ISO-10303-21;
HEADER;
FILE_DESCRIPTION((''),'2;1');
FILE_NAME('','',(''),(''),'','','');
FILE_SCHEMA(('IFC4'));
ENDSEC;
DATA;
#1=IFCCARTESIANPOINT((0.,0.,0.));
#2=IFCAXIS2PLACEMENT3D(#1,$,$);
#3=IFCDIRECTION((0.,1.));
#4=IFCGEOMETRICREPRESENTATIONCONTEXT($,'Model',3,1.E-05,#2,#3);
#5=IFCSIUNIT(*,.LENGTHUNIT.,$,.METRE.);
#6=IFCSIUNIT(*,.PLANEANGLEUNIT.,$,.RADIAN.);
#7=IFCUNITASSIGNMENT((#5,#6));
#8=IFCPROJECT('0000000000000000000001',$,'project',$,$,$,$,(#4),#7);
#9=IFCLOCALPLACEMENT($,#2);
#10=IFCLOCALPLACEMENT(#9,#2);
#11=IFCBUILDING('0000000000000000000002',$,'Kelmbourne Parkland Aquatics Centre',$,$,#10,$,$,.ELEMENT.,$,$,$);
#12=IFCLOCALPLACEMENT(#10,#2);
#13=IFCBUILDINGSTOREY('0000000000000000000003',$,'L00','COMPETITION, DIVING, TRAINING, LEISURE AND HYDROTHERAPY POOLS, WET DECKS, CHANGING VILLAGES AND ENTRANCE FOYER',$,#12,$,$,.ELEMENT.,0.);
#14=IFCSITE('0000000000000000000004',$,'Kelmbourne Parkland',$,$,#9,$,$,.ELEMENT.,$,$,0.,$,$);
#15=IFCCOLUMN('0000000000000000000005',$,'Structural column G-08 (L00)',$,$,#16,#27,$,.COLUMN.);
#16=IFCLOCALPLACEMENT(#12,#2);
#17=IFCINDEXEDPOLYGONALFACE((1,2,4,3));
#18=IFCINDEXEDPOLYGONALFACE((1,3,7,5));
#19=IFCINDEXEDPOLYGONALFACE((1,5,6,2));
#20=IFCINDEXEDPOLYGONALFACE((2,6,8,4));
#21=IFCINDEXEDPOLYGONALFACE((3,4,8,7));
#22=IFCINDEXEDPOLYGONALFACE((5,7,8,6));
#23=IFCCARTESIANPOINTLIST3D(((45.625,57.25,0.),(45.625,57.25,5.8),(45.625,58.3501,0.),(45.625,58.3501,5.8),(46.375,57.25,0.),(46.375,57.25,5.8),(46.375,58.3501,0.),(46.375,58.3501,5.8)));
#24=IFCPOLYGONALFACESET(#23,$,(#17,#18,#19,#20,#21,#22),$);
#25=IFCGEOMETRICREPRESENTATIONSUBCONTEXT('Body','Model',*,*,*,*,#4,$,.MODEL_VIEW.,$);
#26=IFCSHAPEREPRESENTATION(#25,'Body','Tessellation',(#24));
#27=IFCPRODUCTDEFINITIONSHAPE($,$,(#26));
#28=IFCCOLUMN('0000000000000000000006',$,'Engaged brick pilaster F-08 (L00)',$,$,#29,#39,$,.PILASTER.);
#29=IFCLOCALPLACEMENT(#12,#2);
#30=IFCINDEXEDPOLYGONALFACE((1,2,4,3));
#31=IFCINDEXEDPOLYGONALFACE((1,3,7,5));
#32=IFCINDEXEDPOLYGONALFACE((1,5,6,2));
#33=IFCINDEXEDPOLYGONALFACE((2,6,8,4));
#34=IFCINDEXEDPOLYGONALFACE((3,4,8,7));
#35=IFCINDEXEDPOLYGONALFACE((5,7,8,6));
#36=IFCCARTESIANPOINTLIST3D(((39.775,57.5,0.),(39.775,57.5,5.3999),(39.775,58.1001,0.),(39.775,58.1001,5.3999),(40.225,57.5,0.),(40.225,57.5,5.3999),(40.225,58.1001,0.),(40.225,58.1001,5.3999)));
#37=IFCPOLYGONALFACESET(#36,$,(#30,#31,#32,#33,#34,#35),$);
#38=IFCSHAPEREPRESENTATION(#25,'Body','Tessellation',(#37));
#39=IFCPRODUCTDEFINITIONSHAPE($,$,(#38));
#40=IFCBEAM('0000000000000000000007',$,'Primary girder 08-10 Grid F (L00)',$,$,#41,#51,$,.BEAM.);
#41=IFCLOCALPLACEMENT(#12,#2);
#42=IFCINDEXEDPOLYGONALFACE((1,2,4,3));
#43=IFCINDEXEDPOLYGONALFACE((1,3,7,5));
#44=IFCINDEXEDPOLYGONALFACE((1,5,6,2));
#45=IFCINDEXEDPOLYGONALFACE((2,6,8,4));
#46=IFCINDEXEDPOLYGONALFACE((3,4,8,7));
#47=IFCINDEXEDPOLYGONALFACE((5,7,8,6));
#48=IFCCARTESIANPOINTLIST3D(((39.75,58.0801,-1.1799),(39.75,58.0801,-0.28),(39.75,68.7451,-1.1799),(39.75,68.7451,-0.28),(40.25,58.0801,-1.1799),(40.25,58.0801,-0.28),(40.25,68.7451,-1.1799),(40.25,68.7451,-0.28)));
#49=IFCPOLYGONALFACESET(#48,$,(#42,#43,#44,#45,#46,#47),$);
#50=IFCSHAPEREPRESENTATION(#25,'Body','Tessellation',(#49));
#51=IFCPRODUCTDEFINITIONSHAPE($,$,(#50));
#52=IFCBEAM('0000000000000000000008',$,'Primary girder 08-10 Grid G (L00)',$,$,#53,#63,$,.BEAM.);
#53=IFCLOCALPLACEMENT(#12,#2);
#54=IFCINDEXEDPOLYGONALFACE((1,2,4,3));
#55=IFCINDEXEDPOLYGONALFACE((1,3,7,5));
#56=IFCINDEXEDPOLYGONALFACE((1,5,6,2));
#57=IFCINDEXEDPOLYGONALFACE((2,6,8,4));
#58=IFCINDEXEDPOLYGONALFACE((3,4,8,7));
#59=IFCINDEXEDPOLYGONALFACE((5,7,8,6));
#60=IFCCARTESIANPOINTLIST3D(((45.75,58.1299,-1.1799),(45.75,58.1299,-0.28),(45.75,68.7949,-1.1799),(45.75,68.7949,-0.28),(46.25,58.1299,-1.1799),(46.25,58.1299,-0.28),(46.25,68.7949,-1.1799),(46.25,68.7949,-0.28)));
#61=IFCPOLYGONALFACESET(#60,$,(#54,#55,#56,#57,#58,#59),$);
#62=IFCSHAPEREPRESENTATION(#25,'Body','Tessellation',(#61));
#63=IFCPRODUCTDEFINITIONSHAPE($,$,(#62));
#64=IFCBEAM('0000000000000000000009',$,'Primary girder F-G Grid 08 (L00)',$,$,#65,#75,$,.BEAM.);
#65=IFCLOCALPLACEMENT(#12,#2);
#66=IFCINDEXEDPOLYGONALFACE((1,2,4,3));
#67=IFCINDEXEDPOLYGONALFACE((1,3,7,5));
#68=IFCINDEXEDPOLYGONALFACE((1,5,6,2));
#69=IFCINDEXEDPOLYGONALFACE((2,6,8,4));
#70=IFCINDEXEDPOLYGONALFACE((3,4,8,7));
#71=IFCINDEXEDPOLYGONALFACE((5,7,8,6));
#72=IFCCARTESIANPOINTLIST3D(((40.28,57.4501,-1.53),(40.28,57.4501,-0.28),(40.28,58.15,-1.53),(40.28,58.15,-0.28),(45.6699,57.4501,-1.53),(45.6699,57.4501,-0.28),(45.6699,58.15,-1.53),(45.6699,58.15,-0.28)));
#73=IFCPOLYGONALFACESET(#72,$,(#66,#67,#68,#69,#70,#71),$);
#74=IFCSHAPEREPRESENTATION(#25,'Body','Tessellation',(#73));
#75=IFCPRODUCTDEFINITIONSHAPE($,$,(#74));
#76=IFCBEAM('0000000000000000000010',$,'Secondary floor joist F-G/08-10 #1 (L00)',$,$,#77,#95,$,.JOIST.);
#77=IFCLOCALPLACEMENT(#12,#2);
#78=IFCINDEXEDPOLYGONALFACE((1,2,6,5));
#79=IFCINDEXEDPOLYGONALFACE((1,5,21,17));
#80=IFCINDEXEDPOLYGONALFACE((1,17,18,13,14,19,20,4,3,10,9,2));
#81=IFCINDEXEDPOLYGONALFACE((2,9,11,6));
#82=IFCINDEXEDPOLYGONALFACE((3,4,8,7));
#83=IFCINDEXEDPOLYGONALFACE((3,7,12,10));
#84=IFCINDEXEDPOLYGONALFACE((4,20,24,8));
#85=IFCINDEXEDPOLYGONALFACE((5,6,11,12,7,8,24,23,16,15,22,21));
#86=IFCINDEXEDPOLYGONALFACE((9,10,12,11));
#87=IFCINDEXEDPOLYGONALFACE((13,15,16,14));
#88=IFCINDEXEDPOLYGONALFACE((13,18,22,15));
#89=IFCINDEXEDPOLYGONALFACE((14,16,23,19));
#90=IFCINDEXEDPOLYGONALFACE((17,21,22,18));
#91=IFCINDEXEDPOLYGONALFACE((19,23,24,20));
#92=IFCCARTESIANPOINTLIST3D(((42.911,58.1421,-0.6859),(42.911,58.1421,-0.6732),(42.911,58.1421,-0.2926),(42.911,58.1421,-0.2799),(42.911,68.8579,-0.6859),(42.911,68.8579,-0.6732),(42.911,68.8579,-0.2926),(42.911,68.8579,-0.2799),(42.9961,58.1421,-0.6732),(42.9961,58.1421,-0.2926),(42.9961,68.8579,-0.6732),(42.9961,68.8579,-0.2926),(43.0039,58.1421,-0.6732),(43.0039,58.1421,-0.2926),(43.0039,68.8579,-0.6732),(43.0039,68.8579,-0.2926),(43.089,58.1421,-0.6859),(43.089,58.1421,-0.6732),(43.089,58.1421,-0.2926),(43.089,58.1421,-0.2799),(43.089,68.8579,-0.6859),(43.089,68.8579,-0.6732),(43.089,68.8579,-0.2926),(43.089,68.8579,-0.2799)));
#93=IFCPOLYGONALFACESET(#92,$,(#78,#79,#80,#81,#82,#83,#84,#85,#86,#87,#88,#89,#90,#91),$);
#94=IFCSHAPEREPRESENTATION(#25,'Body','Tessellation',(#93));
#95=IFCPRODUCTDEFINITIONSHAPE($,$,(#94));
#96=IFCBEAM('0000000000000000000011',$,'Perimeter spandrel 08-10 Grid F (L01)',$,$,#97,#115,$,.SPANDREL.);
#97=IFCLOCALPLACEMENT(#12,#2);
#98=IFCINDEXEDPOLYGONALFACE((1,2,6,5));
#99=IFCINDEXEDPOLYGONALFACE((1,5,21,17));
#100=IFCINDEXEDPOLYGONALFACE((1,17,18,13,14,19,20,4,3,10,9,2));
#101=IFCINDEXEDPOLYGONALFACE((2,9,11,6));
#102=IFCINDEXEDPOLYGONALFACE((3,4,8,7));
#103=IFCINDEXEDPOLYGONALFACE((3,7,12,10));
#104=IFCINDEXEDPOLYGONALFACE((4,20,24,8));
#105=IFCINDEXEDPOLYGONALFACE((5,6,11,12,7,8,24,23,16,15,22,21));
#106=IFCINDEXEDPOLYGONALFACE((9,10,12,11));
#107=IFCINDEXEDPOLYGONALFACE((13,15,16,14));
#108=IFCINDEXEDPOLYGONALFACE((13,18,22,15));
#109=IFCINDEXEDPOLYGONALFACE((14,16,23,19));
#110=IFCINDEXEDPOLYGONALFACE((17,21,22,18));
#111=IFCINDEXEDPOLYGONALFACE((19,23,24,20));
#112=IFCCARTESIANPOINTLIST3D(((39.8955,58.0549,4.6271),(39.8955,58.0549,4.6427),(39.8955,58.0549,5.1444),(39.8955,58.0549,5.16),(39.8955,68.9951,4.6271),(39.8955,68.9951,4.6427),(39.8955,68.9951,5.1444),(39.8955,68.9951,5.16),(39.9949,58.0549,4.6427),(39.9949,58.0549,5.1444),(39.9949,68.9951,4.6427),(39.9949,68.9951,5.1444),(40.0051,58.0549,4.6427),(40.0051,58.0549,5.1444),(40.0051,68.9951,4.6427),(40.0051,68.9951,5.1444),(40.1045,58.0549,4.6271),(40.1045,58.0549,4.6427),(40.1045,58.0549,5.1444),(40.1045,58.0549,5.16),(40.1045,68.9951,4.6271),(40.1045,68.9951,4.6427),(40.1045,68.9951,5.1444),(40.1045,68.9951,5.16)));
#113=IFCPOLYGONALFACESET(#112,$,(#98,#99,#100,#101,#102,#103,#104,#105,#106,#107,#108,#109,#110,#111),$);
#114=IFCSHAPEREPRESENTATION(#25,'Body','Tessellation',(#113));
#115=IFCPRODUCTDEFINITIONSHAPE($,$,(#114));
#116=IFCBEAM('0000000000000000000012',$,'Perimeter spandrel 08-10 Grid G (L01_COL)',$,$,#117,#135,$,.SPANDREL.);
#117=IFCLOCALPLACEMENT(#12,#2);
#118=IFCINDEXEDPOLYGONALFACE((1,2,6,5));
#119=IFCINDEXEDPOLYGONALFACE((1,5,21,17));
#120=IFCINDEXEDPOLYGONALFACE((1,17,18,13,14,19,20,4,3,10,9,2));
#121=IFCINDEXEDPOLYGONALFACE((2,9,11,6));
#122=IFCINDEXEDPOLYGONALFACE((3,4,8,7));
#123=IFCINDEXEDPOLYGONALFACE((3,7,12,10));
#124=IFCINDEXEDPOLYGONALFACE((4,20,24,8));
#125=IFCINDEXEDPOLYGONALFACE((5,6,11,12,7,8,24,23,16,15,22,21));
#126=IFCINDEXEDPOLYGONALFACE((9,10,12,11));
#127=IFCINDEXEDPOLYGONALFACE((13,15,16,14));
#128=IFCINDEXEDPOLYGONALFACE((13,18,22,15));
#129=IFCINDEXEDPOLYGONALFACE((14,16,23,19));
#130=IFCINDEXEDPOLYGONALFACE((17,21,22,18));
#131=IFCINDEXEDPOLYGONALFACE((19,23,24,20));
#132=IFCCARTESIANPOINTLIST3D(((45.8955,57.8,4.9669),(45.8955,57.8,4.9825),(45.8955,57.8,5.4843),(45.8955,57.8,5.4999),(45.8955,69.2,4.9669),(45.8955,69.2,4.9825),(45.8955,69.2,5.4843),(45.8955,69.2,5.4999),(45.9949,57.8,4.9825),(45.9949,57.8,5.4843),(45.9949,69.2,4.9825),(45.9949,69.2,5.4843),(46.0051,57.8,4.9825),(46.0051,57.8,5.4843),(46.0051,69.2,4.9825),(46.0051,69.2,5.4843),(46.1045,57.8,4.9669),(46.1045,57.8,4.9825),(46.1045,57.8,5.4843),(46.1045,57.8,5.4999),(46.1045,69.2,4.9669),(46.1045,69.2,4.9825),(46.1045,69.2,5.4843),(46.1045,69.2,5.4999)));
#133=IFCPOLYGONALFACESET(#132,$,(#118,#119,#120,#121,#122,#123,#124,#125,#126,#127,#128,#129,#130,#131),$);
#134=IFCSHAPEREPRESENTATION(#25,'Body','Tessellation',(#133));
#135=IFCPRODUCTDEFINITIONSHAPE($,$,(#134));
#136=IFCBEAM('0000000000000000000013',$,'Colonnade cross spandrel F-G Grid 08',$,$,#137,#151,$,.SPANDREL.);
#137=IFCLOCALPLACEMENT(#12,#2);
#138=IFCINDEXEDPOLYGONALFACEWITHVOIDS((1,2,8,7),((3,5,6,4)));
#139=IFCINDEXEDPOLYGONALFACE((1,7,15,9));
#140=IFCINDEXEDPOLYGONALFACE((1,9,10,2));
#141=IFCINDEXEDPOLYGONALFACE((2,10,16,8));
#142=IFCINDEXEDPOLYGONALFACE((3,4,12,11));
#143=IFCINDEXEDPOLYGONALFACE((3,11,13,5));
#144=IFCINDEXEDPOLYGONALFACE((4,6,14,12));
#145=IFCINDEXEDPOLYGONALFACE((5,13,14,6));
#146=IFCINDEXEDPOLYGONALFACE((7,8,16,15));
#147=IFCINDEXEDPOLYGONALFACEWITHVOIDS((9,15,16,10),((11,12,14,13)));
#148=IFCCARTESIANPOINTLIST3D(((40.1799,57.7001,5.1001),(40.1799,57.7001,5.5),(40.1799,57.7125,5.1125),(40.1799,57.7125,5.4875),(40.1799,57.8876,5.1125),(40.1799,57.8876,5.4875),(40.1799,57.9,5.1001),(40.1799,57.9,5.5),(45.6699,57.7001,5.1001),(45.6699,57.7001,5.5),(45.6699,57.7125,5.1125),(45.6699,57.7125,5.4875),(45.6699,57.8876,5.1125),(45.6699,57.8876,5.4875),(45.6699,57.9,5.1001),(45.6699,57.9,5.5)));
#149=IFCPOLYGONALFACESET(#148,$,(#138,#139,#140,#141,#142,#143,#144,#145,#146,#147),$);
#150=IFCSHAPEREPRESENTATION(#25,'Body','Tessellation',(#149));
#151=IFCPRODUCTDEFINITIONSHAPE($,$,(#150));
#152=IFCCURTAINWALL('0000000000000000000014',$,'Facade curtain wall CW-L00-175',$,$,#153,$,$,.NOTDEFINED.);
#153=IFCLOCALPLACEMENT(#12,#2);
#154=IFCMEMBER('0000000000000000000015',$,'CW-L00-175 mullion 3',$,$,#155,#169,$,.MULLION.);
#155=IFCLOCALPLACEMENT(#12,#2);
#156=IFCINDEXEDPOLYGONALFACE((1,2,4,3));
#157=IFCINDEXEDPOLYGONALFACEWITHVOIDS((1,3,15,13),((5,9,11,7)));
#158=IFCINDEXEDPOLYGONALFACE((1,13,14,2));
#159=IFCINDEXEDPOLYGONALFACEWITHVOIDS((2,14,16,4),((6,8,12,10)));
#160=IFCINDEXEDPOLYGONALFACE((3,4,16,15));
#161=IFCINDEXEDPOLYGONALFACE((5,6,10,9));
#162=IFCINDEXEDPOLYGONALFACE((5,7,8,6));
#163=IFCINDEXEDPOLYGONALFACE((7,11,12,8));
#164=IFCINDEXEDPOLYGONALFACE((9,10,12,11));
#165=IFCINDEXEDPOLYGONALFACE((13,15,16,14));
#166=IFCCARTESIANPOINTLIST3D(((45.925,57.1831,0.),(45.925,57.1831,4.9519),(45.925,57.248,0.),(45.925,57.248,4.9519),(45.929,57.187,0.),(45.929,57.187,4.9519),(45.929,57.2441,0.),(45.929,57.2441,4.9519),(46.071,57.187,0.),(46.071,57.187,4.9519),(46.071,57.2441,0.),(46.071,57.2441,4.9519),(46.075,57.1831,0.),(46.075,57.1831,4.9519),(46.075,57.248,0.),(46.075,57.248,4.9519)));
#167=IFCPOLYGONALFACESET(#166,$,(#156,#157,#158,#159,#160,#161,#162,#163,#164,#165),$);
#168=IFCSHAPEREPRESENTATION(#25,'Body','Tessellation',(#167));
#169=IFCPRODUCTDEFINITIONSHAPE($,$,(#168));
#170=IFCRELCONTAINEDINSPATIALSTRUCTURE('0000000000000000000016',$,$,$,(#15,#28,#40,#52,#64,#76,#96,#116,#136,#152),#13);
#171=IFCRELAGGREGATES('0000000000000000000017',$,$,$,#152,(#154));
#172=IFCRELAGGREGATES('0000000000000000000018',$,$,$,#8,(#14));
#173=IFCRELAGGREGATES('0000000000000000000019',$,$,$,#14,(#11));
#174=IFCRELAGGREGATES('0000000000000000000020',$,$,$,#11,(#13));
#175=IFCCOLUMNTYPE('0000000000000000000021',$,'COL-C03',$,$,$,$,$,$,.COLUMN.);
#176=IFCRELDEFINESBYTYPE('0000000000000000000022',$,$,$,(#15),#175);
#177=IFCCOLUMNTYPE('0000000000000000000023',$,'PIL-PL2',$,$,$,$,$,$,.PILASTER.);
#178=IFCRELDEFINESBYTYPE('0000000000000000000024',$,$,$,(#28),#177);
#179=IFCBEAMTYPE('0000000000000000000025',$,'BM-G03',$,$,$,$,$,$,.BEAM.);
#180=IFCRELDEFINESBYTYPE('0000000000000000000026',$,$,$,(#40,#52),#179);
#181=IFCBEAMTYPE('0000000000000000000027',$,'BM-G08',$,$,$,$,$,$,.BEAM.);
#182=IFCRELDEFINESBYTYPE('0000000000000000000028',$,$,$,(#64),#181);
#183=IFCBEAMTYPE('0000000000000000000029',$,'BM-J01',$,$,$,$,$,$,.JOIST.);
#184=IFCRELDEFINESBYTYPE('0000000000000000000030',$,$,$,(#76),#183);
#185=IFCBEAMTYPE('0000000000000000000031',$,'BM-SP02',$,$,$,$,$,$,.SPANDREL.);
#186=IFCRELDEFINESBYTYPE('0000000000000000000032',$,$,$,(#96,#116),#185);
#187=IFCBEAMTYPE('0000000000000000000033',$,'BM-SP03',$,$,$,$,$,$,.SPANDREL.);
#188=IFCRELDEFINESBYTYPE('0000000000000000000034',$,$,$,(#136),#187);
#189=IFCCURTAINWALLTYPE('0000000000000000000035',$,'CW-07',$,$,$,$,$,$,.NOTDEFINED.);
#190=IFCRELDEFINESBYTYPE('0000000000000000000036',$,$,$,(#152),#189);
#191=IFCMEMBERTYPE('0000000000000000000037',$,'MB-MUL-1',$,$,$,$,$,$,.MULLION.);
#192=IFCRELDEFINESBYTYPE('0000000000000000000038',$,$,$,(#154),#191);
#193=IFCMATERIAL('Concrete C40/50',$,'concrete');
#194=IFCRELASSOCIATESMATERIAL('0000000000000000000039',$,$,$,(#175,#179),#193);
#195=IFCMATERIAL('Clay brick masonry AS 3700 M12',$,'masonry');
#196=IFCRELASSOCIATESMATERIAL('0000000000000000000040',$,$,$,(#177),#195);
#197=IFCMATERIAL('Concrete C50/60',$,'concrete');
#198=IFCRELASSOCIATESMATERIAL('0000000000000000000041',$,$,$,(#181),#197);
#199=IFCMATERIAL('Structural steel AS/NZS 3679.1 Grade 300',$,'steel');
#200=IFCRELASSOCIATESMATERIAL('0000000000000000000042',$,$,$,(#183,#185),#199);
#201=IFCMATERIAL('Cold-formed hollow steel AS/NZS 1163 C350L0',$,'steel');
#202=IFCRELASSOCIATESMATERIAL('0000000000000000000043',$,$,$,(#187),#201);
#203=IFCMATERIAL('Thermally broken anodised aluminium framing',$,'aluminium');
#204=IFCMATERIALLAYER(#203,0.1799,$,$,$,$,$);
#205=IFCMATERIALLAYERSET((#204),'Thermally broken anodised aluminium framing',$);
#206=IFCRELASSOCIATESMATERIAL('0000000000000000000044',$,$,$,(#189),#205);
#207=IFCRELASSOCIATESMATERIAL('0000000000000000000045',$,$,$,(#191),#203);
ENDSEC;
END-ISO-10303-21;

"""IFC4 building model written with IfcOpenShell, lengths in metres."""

from ifc_helpers import new_model, si_unit, direction, frame, origin, origin_2d, place, context, subcontext, project, spatial, rectangle, hollow_rectangle, i_section, extrude, material, layer, layer_set, material_profile, profile_set, type_object, element, aggregate, save


model = new_model("IFC4")

# Units and contexts
model_context = context("Model", 3, precision=1e-05, world=origin(), true_north=direction((0.0, 1.0)))
body_context = subcontext(model_context, "Body", "Model", "MODEL_VIEW")
ifc_project = project(units=[si_unit("LENGTHUNIT", "METRE"), si_unit("PLANEANGLEUNIT", "RADIAN")], contexts=[model_context])

# Site, building, storey
site_placement = place(None, origin())
site = spatial("IfcSite", under=ifc_project, at=site_placement, Name="Kelmbourne Parkland", CompositionType="ELEMENT", RefElevation=0.0)
building_placement = place(site_placement, origin())
building = spatial("IfcBuilding", under=site, at=building_placement, Name="Kelmbourne Parkland Aquatics Centre", CompositionType="ELEMENT")
storey_placement = place(building_placement, origin())
storey = spatial("IfcBuildingStorey", under=building, at=storey_placement, Name="L00", Description="COMPETITION, DIVING, TRAINING, LEISURE AND HYDROTHERAPY POOLS, WET DECKS, CHANGING VILLAGES AND ENTRANCE FOYER", CompositionType="ELEMENT", Elevation=0.0)

# Columns
ifc_material_1 = material(Name="Concrete C40/50", Category="concrete")
ifc_material_profile_1 = material_profile(ifc_material_1, rectangle(XDim=0.75, YDim=1.1001, at=origin_2d()), Name="RC 750x1100")
ifc_profile_set_1 = profile_set([ifc_material_profile_1], Name="Concrete C40/50")
column_type_1 = type_object("IfcColumnType", Name="COL-C03", PredefinedType="COLUMN", material=ifc_profile_set_1)
column_1_placement = place(storey_placement, frame((46.0, 57.8, 0.0), z_axis=(0.0, 0.0, 1.0), x_axis=(1.0, 0.0, 0.0)))
element("IfcColumn", 1, at=column_1_placement, inside=storey, type_object=column_type_1, Name="Structural column G-08 (L00)", PredefinedType="COLUMN", context=body_context, shape_type="SweptSolid", body=[
    extrude(rectangle(XDim=0.75, YDim=1.1001, at=origin_2d()), origin(), (0.0, 0.0, 1.0), 5.8),
])
ifc_material_2 = material(Name="Clay brick masonry AS 3700 M12", Category="masonry")
ifc_material_profile_2 = material_profile(ifc_material_2, rectangle(XDim=0.45, YDim=0.6001, at=origin_2d()), Name="PIL 450x600")
ifc_profile_set_2 = profile_set([ifc_material_profile_2], Name="Clay brick masonry AS 3700 M12")
column_type_2 = type_object("IfcColumnType", Name="PIL-PL2", PredefinedType="PILASTER", material=ifc_profile_set_2)
column_2_placement = place(storey_placement, frame((40.0, 57.8, 0.0), z_axis=(0.0, 0.0, 1.0), x_axis=(1.0, 0.0, 0.0)))
element("IfcColumn", 2, at=column_2_placement, inside=storey, type_object=column_type_2, Name="Engaged brick pilaster F-08 (L00)", PredefinedType="PILASTER", context=body_context, shape_type="SweptSolid", body=[
    extrude(rectangle(XDim=0.45, YDim=0.6001, at=origin_2d()), origin(), (0.0, 0.0, 1.0), 5.3999),
])

# Beams
ifc_material_profile_3 = material_profile(ifc_material_1, rectangle(XDim=0.5, YDim=0.8999, at=origin_2d()), Name="RC 500x900")
ifc_profile_set_3 = profile_set([ifc_material_profile_3], Name="Concrete C40/50")
beam_type_1 = type_object("IfcBeamType", Name="BM-G03", PredefinedType="BEAM", material=ifc_profile_set_3)
for number, where, z_axis, x_axis, name in (
    (3, (40.0, 58.0801, -0.73), (0.0, 1.0, 0.0), (-1.0, 0.0, 0.0), "Primary girder 08-10 Grid F (L00)"),
    (4, (46.0, 58.1299, -0.73), (0.0, 1.0, 0.0), (-1.0, 0.0, 0.0), "Primary girder 08-10 Grid G (L00)"),
):
    element("IfcBeam", number, at=place(storey_placement, frame(where, z_axis=z_axis, x_axis=x_axis)), inside=storey, type_object=beam_type_1, Name=name, PredefinedType="BEAM", context=body_context, shape_type="SweptSolid", body=[
        extrude(rectangle(XDim=0.5, YDim=0.8999, at=origin_2d()), origin(), (0.0, 0.0, 1.0), 10.665),
    ])
ifc_material_3 = material(Name="Concrete C50/60", Category="concrete")
ifc_material_profile_4 = material_profile(ifc_material_3, rectangle(XDim=0.7, YDim=1.25, at=origin_2d()), Name="RC 700x1250")
ifc_profile_set_4 = profile_set([ifc_material_profile_4], Name="Concrete C50/60")
beam_type_2 = type_object("IfcBeamType", Name="BM-G08", PredefinedType="BEAM", material=ifc_profile_set_4)
beam_1_placement = place(storey_placement, frame((40.28, 57.8, -0.905), z_axis=(1.0, 0.0, 0.0), x_axis=(0.0, 1.0, 0.0)))
element("IfcBeam", 5, at=beam_1_placement, inside=storey, type_object=beam_type_2, Name="Primary girder F-G Grid 08 (L00)", PredefinedType="BEAM", context=body_context, shape_type="SweptSolid", body=[
    extrude(rectangle(XDim=0.7, YDim=1.25, at=origin_2d()), origin(), (0.0, 0.0, 1.0), 5.3899),
])
ifc_material_4 = material(Name="Structural steel AS/NZS 3679.1 Grade 300", Category="steel")
ifc_material_profile_5 = material_profile(ifc_material_4, i_section(OverallWidth=0.178, OverallDepth=0.406, WebThickness=0.0078, FlangeThickness=0.0127, at=origin_2d()), Name="410UB59.7")
ifc_profile_set_5 = profile_set([ifc_material_profile_5], Name="Structural steel AS/NZS 3679.1 Grade 300")
beam_type_3 = type_object("IfcBeamType", Name="BM-J01", PredefinedType="JOIST", material=ifc_profile_set_5)
beam_2_placement = place(storey_placement, frame((43.0, 58.1421, -0.4829), z_axis=(0.0, 1.0, 0.0), x_axis=(-1.0, 0.0, 0.0)))
element("IfcBeam", 6, at=beam_2_placement, inside=storey, type_object=beam_type_3, Name="Secondary floor joist F-G/08-10 #1 (L00)", PredefinedType="JOIST", context=body_context, shape_type="SweptSolid", body=[
    extrude(i_section(OverallWidth=0.178, OverallDepth=0.406, WebThickness=0.0078, FlangeThickness=0.0127, at=origin_2d()), origin(), (0.0, 0.0, 1.0), 10.7158),
])
ifc_material_profile_6 = material_profile(ifc_material_4, i_section(OverallWidth=0.209, OverallDepth=0.533, WebThickness=0.0103, FlangeThickness=0.0156, at=origin_2d()), Name="530UB92.4")
ifc_profile_set_6 = profile_set([ifc_material_profile_6], Name="Structural steel AS/NZS 3679.1 Grade 300")
beam_type_4 = type_object("IfcBeamType", Name="BM-SP02", PredefinedType="SPANDREL", material=ifc_profile_set_6)
beam_3_placement = place(storey_placement, frame((40.0, 58.0549, 4.8936), z_axis=(0.0, 1.0, 0.0), x_axis=(-1.0, 0.0, 0.0)))
element("IfcBeam", 7, at=beam_3_placement, inside=storey, type_object=beam_type_4, Name="Perimeter spandrel 08-10 Grid F (L01)", PredefinedType="SPANDREL", context=body_context, shape_type="SweptSolid", body=[
    extrude(i_section(OverallWidth=0.209, OverallDepth=0.533, WebThickness=0.0103, FlangeThickness=0.0156, at=origin_2d()), origin(), (0.0, 0.0, 1.0), 10.9402),
])
beam_4_placement = place(storey_placement, frame((46.0, 57.8, 5.2334), z_axis=(0.0, 1.0, 0.0), x_axis=(-1.0, 0.0, 0.0)))
element("IfcBeam", 8, at=beam_4_placement, inside=storey, type_object=beam_type_4, Name="Perimeter spandrel 08-10 Grid G (L01_COL)", PredefinedType="SPANDREL", context=body_context, shape_type="SweptSolid", body=[
    extrude(i_section(OverallWidth=0.209, OverallDepth=0.533, WebThickness=0.0103, FlangeThickness=0.0156, at=origin_2d()), origin(), (0.0, 0.0, 1.0), 11.3999),
])
ifc_material_5 = material(Name="Cold-formed hollow steel AS/NZS 1163 C350L0", Category="steel")
ifc_material_profile_7 = material_profile(ifc_material_5, hollow_rectangle(XDim=0.2, YDim=0.3999, WallThickness=0.0125, at=origin_2d()), Name="RHS 400x200x12.5")
ifc_profile_set_7 = profile_set([ifc_material_profile_7], Name="Cold-formed hollow steel AS/NZS 1163 C350L0")
beam_type_5 = type_object("IfcBeamType", Name="BM-SP03", PredefinedType="SPANDREL", material=ifc_profile_set_7)
beam_5_placement = place(storey_placement, frame((40.1799, 57.8, 5.3), z_axis=(1.0, 0.0, 0.0), x_axis=(0.0, 1.0, 0.0)))
element("IfcBeam", 9, at=beam_5_placement, inside=storey, type_object=beam_type_5, Name="Colonnade cross spandrel F-G Grid 08", PredefinedType="SPANDREL", context=body_context, shape_type="SweptSolid", body=[
    extrude(hollow_rectangle(XDim=0.2, YDim=0.3999, WallThickness=0.0125, at=origin_2d()), origin(), (0.0, 0.0, 1.0), 5.49),
])

# Curtain wall, member
ifc_material_6 = material(Name="Thermally broken anodised aluminium framing", Category="aluminium")
ifc_layer_1 = layer(ifc_material_6, 0.1799)
ifc_layer_set_1 = layer_set([ifc_layer_1], Name="Thermally broken anodised aluminium framing")
curtain_wall_type_1 = type_object("IfcCurtainWallType", Name="CW-07", PredefinedType="NOTDEFINED", material=ifc_layer_set_1)
curtain_wall_1_placement = place(storey_placement, origin())
curtain_wall_1 = element("IfcCurtainWall", 10, at=curtain_wall_1_placement, inside=storey, type_object=curtain_wall_type_1, Name="Facade curtain wall CW-L00-175", PredefinedType="NOTDEFINED")
ifc_material_profile_8 = material_profile(ifc_material_6, hollow_rectangle(XDim=0.0649, YDim=0.1499, WallThickness=0.0039, at=origin_2d()), Name="CW-M 65x150")
ifc_profile_set_8 = profile_set([ifc_material_profile_8], Name="Thermally broken anodised aluminium framing")
member_type_1 = type_object("IfcMemberType", Name="MB-MUL-1", PredefinedType="MULLION", material=ifc_profile_set_8)
member_1_placement = place(storey_placement, frame((46.0, 57.2156, 0.0), z_axis=(0.0, 0.0, 1.0), x_axis=(0.0, 1.0, 0.0)))
member_1 = element("IfcMember", 11, at=member_1_placement, type_object=member_type_1, Name="CW-L00-175 mullion 3", PredefinedType="MULLION", context=body_context, shape_type="SweptSolid", body=[
    extrude(hollow_rectangle(XDim=0.0649, YDim=0.1499, WallThickness=0.0039, at=origin_2d()), origin(), (0.0, 0.0, 1.0), 4.9519),
])

aggregate(curtain_wall_1, [member_1])

save(model, "model.ifc")
